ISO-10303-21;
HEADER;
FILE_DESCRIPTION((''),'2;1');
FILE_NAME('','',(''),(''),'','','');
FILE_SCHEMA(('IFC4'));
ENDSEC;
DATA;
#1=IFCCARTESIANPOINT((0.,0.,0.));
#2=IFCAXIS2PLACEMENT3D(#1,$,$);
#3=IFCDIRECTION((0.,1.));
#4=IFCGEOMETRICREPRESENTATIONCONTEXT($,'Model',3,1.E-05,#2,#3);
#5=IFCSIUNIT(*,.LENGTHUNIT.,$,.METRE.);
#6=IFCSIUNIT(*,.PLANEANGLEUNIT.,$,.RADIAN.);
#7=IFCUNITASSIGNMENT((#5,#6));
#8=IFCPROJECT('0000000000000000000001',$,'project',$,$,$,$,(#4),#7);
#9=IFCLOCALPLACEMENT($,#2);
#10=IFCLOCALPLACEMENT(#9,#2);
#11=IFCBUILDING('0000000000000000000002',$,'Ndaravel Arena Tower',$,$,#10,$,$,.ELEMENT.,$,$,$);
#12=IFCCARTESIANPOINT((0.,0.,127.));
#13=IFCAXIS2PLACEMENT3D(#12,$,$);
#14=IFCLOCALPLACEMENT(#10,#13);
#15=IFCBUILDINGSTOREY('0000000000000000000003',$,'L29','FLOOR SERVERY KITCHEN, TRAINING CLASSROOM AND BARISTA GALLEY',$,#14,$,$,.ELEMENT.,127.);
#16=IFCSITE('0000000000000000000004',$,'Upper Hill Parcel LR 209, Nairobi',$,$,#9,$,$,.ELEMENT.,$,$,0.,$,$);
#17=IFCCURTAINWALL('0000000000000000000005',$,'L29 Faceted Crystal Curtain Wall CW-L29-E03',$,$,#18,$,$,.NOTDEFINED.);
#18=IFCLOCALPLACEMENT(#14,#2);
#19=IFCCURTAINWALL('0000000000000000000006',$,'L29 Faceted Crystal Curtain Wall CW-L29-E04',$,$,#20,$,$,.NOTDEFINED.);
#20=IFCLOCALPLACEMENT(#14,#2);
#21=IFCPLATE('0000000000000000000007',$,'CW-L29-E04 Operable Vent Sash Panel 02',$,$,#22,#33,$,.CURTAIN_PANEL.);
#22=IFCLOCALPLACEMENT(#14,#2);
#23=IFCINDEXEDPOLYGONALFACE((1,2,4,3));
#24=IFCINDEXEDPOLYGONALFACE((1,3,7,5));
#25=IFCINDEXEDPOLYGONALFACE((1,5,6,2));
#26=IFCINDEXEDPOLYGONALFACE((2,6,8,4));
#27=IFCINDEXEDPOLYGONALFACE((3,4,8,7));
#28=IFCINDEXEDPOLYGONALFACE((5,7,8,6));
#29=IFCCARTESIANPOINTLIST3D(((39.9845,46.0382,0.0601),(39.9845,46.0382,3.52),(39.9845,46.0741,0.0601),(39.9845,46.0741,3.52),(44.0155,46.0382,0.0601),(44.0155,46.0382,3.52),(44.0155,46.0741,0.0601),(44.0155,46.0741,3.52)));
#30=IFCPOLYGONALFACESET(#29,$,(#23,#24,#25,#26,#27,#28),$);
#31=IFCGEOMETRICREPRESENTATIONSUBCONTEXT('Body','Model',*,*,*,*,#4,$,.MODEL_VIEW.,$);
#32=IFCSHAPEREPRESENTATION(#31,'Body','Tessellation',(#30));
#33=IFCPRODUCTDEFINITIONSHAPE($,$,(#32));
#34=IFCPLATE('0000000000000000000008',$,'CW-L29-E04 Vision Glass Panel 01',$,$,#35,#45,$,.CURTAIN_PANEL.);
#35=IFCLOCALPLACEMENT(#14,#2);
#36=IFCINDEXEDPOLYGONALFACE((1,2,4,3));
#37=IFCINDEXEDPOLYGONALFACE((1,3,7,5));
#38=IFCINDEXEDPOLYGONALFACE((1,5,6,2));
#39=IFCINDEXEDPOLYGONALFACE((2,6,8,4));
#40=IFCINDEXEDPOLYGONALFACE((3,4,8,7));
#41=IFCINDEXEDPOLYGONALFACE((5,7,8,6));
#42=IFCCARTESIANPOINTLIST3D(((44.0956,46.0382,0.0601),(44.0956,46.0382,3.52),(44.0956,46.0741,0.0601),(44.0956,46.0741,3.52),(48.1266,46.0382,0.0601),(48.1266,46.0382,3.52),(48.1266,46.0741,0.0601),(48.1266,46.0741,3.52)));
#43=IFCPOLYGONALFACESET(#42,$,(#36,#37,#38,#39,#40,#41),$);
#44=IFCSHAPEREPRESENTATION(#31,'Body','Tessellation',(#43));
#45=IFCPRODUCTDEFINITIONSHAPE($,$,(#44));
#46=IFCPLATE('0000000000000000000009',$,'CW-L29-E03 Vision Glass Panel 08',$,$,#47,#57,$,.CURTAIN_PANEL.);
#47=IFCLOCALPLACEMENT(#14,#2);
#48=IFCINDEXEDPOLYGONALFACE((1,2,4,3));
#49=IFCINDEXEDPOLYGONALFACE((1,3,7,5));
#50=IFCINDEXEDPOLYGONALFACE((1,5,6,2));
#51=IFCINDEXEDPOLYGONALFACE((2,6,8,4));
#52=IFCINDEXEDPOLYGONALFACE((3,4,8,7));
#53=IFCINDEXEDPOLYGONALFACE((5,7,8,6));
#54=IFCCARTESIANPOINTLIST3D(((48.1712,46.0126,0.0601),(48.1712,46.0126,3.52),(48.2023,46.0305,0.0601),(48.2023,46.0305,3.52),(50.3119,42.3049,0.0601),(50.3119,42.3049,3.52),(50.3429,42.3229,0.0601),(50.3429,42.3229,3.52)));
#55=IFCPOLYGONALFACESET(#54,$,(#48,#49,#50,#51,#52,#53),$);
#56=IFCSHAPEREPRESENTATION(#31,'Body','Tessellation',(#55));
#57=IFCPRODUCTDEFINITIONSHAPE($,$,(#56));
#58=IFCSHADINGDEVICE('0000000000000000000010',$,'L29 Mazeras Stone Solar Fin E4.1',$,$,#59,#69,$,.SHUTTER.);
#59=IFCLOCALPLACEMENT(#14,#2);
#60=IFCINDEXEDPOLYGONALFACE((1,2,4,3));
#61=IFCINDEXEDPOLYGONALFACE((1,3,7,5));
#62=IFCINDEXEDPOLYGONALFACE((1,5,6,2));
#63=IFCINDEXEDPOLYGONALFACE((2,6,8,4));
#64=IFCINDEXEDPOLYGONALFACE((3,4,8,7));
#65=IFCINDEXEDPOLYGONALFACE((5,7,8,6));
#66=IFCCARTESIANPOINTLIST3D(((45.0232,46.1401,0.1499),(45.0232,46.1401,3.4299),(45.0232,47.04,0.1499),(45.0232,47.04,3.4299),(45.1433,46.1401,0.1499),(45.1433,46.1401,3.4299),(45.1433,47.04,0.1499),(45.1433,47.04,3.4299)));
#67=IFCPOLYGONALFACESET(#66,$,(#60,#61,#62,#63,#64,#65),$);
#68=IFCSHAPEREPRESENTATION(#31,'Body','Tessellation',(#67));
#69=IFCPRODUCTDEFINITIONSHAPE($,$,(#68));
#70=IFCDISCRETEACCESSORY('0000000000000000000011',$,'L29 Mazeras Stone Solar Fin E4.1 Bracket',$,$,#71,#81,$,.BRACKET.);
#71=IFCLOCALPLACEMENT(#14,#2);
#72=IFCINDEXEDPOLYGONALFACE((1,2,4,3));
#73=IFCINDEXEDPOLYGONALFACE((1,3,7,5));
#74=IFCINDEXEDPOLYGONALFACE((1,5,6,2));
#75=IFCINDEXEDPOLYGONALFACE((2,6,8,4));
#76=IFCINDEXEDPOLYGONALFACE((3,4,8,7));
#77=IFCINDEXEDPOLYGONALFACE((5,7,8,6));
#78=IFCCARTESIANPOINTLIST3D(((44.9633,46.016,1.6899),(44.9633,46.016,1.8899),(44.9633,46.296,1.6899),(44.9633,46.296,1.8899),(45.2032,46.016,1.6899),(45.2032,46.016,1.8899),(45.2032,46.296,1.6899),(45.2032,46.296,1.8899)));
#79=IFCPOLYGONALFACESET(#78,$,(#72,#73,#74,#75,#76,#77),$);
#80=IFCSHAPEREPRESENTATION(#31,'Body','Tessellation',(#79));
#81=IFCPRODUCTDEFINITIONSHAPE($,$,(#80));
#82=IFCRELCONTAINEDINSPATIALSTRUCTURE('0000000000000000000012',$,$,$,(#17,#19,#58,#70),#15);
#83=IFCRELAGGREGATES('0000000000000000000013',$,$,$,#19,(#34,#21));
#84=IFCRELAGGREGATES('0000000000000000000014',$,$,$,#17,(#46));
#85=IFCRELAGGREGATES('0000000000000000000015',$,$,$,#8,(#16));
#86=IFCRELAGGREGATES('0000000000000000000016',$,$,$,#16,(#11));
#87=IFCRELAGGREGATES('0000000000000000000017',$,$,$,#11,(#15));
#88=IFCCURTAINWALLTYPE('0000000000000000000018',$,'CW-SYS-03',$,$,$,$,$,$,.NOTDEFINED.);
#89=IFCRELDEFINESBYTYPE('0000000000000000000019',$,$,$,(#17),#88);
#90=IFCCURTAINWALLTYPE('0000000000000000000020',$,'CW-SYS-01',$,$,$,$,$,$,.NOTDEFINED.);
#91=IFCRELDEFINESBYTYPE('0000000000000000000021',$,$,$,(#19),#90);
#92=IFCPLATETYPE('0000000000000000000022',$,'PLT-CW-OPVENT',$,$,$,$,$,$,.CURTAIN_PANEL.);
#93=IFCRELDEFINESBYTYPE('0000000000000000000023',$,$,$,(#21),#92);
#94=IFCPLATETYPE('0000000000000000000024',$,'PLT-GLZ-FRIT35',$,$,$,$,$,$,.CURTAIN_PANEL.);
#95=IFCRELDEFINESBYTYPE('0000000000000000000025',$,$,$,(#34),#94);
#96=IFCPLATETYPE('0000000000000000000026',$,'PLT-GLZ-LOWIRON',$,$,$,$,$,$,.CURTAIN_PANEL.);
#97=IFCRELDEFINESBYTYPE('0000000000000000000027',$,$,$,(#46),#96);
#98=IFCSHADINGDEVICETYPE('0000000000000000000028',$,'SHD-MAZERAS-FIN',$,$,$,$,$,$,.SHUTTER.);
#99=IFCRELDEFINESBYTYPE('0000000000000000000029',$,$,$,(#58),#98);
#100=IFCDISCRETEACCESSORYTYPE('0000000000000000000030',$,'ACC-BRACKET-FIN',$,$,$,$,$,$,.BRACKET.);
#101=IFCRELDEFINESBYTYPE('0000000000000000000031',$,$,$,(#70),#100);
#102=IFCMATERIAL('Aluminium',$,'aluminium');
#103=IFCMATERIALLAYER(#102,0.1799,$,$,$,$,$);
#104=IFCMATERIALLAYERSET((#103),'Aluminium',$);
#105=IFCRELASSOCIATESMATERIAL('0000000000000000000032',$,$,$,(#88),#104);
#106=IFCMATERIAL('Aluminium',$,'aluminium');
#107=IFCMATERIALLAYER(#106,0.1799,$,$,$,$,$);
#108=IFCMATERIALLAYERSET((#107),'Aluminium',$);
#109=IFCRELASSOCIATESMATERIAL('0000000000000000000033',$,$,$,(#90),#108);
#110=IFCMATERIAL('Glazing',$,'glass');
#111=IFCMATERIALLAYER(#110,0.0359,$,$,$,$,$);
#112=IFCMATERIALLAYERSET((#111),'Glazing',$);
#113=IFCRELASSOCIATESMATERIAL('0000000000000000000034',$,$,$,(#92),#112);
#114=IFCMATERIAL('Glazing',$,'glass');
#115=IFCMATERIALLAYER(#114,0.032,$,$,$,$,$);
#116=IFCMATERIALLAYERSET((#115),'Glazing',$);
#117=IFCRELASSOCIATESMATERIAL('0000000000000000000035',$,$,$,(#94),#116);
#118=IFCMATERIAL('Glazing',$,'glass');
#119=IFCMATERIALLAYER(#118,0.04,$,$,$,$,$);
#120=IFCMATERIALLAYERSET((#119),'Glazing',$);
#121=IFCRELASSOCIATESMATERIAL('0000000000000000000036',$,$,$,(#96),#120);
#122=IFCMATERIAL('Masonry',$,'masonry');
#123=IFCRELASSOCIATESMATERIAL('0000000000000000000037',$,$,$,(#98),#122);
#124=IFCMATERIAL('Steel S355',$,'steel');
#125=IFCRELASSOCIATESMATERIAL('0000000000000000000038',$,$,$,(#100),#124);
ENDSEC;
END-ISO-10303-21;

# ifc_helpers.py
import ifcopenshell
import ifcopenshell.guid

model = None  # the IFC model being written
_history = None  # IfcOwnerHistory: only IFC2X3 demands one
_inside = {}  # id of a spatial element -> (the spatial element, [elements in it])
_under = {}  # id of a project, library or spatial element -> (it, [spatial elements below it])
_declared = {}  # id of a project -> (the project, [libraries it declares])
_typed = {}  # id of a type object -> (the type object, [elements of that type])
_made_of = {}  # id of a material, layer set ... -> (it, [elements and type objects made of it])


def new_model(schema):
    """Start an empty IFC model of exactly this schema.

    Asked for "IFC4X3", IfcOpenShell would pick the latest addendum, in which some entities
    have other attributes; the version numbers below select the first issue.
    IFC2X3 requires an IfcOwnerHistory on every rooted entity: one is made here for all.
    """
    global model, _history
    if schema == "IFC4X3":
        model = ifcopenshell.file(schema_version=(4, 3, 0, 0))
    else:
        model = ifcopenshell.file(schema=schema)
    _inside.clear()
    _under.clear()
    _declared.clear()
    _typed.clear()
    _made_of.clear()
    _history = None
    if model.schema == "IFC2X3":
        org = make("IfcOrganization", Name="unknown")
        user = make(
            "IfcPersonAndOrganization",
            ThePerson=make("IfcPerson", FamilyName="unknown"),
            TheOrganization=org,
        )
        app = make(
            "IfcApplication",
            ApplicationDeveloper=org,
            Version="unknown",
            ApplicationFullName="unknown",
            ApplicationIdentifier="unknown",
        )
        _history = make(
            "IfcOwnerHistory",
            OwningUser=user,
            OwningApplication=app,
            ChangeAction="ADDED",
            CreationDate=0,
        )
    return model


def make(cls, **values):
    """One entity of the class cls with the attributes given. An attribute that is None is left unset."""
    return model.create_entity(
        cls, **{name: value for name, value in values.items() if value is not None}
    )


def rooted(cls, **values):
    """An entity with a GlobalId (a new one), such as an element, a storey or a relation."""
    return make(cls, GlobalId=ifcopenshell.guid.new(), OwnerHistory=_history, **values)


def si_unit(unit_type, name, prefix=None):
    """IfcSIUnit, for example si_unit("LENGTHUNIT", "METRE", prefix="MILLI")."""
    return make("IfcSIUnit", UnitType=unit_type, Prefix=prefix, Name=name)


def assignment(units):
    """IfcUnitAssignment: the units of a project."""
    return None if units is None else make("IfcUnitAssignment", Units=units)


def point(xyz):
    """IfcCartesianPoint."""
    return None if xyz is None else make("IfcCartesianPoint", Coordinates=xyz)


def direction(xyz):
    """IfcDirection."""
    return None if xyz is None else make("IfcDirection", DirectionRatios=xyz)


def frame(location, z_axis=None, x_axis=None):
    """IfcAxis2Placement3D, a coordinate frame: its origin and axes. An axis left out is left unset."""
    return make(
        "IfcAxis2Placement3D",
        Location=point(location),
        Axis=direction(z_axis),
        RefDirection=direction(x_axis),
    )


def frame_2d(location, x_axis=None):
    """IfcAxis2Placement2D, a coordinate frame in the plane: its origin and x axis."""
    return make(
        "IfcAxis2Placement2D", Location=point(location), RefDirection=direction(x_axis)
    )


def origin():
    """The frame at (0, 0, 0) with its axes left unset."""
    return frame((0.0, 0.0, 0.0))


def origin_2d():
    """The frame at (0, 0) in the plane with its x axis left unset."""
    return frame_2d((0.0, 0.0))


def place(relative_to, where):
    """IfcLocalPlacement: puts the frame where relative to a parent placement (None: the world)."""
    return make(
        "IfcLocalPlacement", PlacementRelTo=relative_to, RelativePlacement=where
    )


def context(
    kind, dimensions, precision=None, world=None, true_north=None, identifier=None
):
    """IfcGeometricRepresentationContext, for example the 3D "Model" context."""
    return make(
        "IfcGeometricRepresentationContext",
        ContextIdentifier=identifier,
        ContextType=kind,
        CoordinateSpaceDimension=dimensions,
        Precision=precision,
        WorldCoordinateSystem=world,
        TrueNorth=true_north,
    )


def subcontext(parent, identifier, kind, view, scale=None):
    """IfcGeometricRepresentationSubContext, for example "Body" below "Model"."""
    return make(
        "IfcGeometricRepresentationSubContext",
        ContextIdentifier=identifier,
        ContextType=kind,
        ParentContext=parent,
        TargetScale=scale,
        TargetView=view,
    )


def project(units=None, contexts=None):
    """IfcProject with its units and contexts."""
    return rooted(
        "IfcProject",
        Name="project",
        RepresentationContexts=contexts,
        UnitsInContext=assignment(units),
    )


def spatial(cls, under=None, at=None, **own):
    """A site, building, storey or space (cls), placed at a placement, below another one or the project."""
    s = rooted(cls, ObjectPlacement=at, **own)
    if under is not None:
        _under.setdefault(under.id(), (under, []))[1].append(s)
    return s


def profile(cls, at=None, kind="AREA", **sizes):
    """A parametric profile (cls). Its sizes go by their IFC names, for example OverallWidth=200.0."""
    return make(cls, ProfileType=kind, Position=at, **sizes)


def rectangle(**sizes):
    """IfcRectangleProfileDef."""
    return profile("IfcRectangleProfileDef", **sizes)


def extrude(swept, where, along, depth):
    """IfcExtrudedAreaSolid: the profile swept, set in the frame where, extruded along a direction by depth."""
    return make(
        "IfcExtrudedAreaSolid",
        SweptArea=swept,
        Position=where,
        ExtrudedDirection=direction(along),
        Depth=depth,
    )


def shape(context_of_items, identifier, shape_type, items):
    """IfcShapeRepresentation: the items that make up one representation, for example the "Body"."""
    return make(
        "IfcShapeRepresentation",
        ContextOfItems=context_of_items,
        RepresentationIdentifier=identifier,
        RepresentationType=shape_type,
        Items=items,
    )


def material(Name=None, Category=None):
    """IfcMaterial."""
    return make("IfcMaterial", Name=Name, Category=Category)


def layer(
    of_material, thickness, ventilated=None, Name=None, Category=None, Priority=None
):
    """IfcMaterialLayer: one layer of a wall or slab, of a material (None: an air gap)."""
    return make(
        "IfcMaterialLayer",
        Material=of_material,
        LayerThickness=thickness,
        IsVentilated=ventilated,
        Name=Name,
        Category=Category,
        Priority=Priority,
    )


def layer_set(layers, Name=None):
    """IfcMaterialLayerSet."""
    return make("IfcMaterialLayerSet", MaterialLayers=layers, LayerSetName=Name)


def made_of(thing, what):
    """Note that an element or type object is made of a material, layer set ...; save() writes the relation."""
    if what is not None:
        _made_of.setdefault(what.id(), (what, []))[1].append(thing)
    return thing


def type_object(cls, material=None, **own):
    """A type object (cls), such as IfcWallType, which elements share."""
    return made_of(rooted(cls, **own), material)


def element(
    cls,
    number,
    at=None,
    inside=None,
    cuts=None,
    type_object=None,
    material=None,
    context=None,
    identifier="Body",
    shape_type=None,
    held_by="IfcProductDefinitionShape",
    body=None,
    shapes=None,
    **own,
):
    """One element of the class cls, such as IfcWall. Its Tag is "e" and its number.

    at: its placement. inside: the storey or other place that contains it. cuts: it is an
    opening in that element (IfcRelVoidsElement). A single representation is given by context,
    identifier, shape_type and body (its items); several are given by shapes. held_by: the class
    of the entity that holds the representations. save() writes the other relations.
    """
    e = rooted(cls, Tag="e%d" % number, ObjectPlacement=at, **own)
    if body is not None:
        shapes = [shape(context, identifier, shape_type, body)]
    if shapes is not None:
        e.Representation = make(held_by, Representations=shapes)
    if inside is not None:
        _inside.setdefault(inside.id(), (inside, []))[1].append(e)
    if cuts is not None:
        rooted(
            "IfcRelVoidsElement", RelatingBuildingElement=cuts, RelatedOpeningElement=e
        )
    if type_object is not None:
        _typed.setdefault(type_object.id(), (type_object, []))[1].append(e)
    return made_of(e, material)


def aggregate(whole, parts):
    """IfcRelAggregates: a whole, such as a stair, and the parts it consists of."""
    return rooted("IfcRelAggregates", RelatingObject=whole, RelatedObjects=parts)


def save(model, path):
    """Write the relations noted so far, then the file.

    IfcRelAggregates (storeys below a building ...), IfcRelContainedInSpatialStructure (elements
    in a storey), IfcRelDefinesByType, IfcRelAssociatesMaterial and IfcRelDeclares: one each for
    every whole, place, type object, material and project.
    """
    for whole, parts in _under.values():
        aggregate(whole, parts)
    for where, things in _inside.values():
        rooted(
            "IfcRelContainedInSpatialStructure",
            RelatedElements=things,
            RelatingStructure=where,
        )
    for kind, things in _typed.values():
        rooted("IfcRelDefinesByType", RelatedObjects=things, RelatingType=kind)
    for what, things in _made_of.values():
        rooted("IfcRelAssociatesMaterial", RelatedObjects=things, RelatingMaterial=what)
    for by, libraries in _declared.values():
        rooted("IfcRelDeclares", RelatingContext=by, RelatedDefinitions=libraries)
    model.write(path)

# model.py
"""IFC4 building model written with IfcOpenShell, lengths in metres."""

from ifc_helpers import new_model, si_unit, direction, frame, origin, origin_2d, place, context, subcontext, project, spatial, rectangle, extrude, material, layer, layer_set, type_object, element, aggregate, save


model = new_model("IFC4")

# Units and contexts
model_context = context("Model", 3, precision=1e-05, world=origin(), true_north=direction((0.0, 1.0)))
body_context = subcontext(model_context, "Body", "Model", "MODEL_VIEW")
ifc_project = project(units=[si_unit("LENGTHUNIT", "METRE"), si_unit("PLANEANGLEUNIT", "RADIAN")], contexts=[model_context])

# Site, building, storey
site_placement = place(None, origin())
site = spatial("IfcSite", under=ifc_project, at=site_placement, Name="Upper Hill Parcel LR 209, Nairobi", CompositionType="ELEMENT", RefElevation=0.0)
building_placement = place(site_placement, origin())
building = spatial("IfcBuilding", under=site, at=building_placement, Name="Ndaravel Arena Tower", CompositionType="ELEMENT")
storey_placement = place(building_placement, frame((0.0, 0.0, 127.0)))
storey = spatial("IfcBuildingStorey", under=building, at=storey_placement, Name="L29", Description="FLOOR SERVERY KITCHEN, TRAINING CLASSROOM AND BARISTA GALLEY", CompositionType="ELEMENT", Elevation=127.0)

# Curtain wall
ifc_material_1 = material(Name="Aluminium", Category="aluminium")
ifc_layer_1 = layer(ifc_material_1, 0.1799)
ifc_layer_set_1 = layer_set([ifc_layer_1], Name="Aluminium")
curtain_wall_type_1 = type_object("IfcCurtainWallType", Name="CW-SYS-03", PredefinedType="NOTDEFINED", material=ifc_layer_set_1)
curtain_wall_1_placement = place(storey_placement, origin())
curtain_wall_1 = element("IfcCurtainWall", 1, at=curtain_wall_1_placement, inside=storey, type_object=curtain_wall_type_1, Name="L29 Faceted Crystal Curtain Wall CW-L29-E03", PredefinedType="NOTDEFINED")

# Curtain wall, plates
ifc_material_2 = material(Name="Aluminium", Category="aluminium")
ifc_layer_2 = layer(ifc_material_2, 0.1799)
ifc_layer_set_2 = layer_set([ifc_layer_2], Name="Aluminium")
curtain_wall_type_2 = type_object("IfcCurtainWallType", Name="CW-SYS-01", PredefinedType="NOTDEFINED", material=ifc_layer_set_2)
curtain_wall_2_placement = place(storey_placement, origin())
curtain_wall_2 = element("IfcCurtainWall", 2, at=curtain_wall_2_placement, inside=storey, type_object=curtain_wall_type_2, Name="L29 Faceted Crystal Curtain Wall CW-L29-E04", PredefinedType="NOTDEFINED")
ifc_material_3 = material(Name="Glazing", Category="glass")
ifc_layer_3 = layer(ifc_material_3, 0.0359)
ifc_layer_set_3 = layer_set([ifc_layer_3], Name="Glazing")
plate_type_1 = type_object("IfcPlateType", Name="PLT-CW-OPVENT", PredefinedType="CURTAIN_PANEL", material=ifc_layer_set_3)
plate_1_placement = place(storey_placement, frame((42.0, 46.0562, 0.0601), z_axis=(0.0, 0.0, 1.0), x_axis=(-1.0, 0.0, 0.0)))
plate_1 = element("IfcPlate", 3, at=plate_1_placement, type_object=plate_type_1, Name="CW-L29-E04 Operable Vent Sash Panel 02", PredefinedType="CURTAIN_PANEL", context=body_context, shape_type="SweptSolid", body=[
    extrude(rectangle(XDim=4.031, YDim=0.0359, at=origin_2d()), origin(), (0.0, 0.0, 1.0), 3.46),
])
ifc_material_4 = material(Name="Glazing", Category="glass")
ifc_layer_4 = layer(ifc_material_4, 0.032)
ifc_layer_set_4 = layer_set([ifc_layer_4], Name="Glazing")
plate_type_2 = type_object("IfcPlateType", Name="PLT-GLZ-FRIT35", PredefinedType="CURTAIN_PANEL", material=ifc_layer_set_4)
plate_2_placement = place(storey_placement, frame((46.1111, 46.0562, 0.0601), z_axis=(0.0, 0.0, 1.0), x_axis=(-1.0, 0.0, 0.0)))
plate_2 = element("IfcPlate", 4, at=plate_2_placement, type_object=plate_type_2, Name="CW-L29-E04 Vision Glass Panel 01", PredefinedType="CURTAIN_PANEL", context=body_context, shape_type="SweptSolid", body=[
    extrude(rectangle(XDim=4.031, YDim=0.0359, at=origin_2d()), origin(), (0.0, 0.0, 1.0), 3.46),
])
aggregate(curtain_wall_2, [plate_2, plate_1])

# Plate
ifc_material_5 = material(Name="Glazing", Category="glass")
ifc_layer_5 = layer(ifc_material_5, 0.04)
ifc_layer_set_5 = layer_set([ifc_layer_5], Name="Glazing")
plate_type_3 = type_object("IfcPlateType", Name="PLT-GLZ-LOWIRON", PredefinedType="CURTAIN_PANEL", material=ifc_layer_set_5)
plate_3_placement = place(storey_placement, frame((49.2571, 44.1677, 0.0601), z_axis=(0.0, 0.0, 1.0), x_axis=(-0.5, 0.866025, 0.0)))
plate_3 = element("IfcPlate", 5, at=plate_3_placement, type_object=plate_type_3, Name="CW-L29-E03 Vision Glass Panel 08", PredefinedType="CURTAIN_PANEL", context=body_context, shape_type="SweptSolid", body=[
    extrude(rectangle(XDim=4.2812, YDim=0.0359, at=origin_2d()), origin(), (0.0, 0.0, 1.0), 3.46),
])
aggregate(curtain_wall_1, [plate_3])

# Shading device
ifc_material_6 = material(Name="Masonry", Category="masonry")
shading_device_type = type_object("IfcShadingDeviceType", Name="SHD-MAZERAS-FIN", PredefinedType="SHUTTER", material=ifc_material_6)
shading_device_placement = place(storey_placement, frame((45.0833, 46.5901, 0.1499), z_axis=(0.0, 0.0, 1.0), x_axis=(0.0, 1.0, 0.0)))
element("IfcShadingDevice", 6, at=shading_device_placement, inside=storey, type_object=shading_device_type, Name="L29 Mazeras Stone Solar Fin E4.1", PredefinedType="SHUTTER", context=body_context, shape_type="SweptSolid", body=[
    extrude(rectangle(XDim=0.8999, YDim=0.1201, at=origin_2d()), origin(), (0.0, 0.0, 1.0), 3.28),
])

# Discrete accessory
ifc_material_7 = material(Name="Steel S355", Category="steel")
discrete_accessory_type = type_object("IfcDiscreteAccessoryType", Name="ACC-BRACKET-FIN", PredefinedType="BRACKET", material=ifc_material_7)
discrete_accessory_placement = place(storey_placement, frame((45.0833, 46.156, 1.6899), z_axis=(0.0, 0.0, 1.0), x_axis=(0.0, 1.0, 0.0)))
element("IfcDiscreteAccessory", 7, at=discrete_accessory_placement, inside=storey, type_object=discrete_accessory_type, Name="L29 Mazeras Stone Solar Fin E4.1 Bracket", PredefinedType="BRACKET", context=body_context, shape_type="SweptSolid", body=[
    extrude(rectangle(XDim=0.28, YDim=0.24, at=origin_2d()), origin(), (0.0, 0.0, 1.0), 0.2),
])

save(model, "model.ifc")
